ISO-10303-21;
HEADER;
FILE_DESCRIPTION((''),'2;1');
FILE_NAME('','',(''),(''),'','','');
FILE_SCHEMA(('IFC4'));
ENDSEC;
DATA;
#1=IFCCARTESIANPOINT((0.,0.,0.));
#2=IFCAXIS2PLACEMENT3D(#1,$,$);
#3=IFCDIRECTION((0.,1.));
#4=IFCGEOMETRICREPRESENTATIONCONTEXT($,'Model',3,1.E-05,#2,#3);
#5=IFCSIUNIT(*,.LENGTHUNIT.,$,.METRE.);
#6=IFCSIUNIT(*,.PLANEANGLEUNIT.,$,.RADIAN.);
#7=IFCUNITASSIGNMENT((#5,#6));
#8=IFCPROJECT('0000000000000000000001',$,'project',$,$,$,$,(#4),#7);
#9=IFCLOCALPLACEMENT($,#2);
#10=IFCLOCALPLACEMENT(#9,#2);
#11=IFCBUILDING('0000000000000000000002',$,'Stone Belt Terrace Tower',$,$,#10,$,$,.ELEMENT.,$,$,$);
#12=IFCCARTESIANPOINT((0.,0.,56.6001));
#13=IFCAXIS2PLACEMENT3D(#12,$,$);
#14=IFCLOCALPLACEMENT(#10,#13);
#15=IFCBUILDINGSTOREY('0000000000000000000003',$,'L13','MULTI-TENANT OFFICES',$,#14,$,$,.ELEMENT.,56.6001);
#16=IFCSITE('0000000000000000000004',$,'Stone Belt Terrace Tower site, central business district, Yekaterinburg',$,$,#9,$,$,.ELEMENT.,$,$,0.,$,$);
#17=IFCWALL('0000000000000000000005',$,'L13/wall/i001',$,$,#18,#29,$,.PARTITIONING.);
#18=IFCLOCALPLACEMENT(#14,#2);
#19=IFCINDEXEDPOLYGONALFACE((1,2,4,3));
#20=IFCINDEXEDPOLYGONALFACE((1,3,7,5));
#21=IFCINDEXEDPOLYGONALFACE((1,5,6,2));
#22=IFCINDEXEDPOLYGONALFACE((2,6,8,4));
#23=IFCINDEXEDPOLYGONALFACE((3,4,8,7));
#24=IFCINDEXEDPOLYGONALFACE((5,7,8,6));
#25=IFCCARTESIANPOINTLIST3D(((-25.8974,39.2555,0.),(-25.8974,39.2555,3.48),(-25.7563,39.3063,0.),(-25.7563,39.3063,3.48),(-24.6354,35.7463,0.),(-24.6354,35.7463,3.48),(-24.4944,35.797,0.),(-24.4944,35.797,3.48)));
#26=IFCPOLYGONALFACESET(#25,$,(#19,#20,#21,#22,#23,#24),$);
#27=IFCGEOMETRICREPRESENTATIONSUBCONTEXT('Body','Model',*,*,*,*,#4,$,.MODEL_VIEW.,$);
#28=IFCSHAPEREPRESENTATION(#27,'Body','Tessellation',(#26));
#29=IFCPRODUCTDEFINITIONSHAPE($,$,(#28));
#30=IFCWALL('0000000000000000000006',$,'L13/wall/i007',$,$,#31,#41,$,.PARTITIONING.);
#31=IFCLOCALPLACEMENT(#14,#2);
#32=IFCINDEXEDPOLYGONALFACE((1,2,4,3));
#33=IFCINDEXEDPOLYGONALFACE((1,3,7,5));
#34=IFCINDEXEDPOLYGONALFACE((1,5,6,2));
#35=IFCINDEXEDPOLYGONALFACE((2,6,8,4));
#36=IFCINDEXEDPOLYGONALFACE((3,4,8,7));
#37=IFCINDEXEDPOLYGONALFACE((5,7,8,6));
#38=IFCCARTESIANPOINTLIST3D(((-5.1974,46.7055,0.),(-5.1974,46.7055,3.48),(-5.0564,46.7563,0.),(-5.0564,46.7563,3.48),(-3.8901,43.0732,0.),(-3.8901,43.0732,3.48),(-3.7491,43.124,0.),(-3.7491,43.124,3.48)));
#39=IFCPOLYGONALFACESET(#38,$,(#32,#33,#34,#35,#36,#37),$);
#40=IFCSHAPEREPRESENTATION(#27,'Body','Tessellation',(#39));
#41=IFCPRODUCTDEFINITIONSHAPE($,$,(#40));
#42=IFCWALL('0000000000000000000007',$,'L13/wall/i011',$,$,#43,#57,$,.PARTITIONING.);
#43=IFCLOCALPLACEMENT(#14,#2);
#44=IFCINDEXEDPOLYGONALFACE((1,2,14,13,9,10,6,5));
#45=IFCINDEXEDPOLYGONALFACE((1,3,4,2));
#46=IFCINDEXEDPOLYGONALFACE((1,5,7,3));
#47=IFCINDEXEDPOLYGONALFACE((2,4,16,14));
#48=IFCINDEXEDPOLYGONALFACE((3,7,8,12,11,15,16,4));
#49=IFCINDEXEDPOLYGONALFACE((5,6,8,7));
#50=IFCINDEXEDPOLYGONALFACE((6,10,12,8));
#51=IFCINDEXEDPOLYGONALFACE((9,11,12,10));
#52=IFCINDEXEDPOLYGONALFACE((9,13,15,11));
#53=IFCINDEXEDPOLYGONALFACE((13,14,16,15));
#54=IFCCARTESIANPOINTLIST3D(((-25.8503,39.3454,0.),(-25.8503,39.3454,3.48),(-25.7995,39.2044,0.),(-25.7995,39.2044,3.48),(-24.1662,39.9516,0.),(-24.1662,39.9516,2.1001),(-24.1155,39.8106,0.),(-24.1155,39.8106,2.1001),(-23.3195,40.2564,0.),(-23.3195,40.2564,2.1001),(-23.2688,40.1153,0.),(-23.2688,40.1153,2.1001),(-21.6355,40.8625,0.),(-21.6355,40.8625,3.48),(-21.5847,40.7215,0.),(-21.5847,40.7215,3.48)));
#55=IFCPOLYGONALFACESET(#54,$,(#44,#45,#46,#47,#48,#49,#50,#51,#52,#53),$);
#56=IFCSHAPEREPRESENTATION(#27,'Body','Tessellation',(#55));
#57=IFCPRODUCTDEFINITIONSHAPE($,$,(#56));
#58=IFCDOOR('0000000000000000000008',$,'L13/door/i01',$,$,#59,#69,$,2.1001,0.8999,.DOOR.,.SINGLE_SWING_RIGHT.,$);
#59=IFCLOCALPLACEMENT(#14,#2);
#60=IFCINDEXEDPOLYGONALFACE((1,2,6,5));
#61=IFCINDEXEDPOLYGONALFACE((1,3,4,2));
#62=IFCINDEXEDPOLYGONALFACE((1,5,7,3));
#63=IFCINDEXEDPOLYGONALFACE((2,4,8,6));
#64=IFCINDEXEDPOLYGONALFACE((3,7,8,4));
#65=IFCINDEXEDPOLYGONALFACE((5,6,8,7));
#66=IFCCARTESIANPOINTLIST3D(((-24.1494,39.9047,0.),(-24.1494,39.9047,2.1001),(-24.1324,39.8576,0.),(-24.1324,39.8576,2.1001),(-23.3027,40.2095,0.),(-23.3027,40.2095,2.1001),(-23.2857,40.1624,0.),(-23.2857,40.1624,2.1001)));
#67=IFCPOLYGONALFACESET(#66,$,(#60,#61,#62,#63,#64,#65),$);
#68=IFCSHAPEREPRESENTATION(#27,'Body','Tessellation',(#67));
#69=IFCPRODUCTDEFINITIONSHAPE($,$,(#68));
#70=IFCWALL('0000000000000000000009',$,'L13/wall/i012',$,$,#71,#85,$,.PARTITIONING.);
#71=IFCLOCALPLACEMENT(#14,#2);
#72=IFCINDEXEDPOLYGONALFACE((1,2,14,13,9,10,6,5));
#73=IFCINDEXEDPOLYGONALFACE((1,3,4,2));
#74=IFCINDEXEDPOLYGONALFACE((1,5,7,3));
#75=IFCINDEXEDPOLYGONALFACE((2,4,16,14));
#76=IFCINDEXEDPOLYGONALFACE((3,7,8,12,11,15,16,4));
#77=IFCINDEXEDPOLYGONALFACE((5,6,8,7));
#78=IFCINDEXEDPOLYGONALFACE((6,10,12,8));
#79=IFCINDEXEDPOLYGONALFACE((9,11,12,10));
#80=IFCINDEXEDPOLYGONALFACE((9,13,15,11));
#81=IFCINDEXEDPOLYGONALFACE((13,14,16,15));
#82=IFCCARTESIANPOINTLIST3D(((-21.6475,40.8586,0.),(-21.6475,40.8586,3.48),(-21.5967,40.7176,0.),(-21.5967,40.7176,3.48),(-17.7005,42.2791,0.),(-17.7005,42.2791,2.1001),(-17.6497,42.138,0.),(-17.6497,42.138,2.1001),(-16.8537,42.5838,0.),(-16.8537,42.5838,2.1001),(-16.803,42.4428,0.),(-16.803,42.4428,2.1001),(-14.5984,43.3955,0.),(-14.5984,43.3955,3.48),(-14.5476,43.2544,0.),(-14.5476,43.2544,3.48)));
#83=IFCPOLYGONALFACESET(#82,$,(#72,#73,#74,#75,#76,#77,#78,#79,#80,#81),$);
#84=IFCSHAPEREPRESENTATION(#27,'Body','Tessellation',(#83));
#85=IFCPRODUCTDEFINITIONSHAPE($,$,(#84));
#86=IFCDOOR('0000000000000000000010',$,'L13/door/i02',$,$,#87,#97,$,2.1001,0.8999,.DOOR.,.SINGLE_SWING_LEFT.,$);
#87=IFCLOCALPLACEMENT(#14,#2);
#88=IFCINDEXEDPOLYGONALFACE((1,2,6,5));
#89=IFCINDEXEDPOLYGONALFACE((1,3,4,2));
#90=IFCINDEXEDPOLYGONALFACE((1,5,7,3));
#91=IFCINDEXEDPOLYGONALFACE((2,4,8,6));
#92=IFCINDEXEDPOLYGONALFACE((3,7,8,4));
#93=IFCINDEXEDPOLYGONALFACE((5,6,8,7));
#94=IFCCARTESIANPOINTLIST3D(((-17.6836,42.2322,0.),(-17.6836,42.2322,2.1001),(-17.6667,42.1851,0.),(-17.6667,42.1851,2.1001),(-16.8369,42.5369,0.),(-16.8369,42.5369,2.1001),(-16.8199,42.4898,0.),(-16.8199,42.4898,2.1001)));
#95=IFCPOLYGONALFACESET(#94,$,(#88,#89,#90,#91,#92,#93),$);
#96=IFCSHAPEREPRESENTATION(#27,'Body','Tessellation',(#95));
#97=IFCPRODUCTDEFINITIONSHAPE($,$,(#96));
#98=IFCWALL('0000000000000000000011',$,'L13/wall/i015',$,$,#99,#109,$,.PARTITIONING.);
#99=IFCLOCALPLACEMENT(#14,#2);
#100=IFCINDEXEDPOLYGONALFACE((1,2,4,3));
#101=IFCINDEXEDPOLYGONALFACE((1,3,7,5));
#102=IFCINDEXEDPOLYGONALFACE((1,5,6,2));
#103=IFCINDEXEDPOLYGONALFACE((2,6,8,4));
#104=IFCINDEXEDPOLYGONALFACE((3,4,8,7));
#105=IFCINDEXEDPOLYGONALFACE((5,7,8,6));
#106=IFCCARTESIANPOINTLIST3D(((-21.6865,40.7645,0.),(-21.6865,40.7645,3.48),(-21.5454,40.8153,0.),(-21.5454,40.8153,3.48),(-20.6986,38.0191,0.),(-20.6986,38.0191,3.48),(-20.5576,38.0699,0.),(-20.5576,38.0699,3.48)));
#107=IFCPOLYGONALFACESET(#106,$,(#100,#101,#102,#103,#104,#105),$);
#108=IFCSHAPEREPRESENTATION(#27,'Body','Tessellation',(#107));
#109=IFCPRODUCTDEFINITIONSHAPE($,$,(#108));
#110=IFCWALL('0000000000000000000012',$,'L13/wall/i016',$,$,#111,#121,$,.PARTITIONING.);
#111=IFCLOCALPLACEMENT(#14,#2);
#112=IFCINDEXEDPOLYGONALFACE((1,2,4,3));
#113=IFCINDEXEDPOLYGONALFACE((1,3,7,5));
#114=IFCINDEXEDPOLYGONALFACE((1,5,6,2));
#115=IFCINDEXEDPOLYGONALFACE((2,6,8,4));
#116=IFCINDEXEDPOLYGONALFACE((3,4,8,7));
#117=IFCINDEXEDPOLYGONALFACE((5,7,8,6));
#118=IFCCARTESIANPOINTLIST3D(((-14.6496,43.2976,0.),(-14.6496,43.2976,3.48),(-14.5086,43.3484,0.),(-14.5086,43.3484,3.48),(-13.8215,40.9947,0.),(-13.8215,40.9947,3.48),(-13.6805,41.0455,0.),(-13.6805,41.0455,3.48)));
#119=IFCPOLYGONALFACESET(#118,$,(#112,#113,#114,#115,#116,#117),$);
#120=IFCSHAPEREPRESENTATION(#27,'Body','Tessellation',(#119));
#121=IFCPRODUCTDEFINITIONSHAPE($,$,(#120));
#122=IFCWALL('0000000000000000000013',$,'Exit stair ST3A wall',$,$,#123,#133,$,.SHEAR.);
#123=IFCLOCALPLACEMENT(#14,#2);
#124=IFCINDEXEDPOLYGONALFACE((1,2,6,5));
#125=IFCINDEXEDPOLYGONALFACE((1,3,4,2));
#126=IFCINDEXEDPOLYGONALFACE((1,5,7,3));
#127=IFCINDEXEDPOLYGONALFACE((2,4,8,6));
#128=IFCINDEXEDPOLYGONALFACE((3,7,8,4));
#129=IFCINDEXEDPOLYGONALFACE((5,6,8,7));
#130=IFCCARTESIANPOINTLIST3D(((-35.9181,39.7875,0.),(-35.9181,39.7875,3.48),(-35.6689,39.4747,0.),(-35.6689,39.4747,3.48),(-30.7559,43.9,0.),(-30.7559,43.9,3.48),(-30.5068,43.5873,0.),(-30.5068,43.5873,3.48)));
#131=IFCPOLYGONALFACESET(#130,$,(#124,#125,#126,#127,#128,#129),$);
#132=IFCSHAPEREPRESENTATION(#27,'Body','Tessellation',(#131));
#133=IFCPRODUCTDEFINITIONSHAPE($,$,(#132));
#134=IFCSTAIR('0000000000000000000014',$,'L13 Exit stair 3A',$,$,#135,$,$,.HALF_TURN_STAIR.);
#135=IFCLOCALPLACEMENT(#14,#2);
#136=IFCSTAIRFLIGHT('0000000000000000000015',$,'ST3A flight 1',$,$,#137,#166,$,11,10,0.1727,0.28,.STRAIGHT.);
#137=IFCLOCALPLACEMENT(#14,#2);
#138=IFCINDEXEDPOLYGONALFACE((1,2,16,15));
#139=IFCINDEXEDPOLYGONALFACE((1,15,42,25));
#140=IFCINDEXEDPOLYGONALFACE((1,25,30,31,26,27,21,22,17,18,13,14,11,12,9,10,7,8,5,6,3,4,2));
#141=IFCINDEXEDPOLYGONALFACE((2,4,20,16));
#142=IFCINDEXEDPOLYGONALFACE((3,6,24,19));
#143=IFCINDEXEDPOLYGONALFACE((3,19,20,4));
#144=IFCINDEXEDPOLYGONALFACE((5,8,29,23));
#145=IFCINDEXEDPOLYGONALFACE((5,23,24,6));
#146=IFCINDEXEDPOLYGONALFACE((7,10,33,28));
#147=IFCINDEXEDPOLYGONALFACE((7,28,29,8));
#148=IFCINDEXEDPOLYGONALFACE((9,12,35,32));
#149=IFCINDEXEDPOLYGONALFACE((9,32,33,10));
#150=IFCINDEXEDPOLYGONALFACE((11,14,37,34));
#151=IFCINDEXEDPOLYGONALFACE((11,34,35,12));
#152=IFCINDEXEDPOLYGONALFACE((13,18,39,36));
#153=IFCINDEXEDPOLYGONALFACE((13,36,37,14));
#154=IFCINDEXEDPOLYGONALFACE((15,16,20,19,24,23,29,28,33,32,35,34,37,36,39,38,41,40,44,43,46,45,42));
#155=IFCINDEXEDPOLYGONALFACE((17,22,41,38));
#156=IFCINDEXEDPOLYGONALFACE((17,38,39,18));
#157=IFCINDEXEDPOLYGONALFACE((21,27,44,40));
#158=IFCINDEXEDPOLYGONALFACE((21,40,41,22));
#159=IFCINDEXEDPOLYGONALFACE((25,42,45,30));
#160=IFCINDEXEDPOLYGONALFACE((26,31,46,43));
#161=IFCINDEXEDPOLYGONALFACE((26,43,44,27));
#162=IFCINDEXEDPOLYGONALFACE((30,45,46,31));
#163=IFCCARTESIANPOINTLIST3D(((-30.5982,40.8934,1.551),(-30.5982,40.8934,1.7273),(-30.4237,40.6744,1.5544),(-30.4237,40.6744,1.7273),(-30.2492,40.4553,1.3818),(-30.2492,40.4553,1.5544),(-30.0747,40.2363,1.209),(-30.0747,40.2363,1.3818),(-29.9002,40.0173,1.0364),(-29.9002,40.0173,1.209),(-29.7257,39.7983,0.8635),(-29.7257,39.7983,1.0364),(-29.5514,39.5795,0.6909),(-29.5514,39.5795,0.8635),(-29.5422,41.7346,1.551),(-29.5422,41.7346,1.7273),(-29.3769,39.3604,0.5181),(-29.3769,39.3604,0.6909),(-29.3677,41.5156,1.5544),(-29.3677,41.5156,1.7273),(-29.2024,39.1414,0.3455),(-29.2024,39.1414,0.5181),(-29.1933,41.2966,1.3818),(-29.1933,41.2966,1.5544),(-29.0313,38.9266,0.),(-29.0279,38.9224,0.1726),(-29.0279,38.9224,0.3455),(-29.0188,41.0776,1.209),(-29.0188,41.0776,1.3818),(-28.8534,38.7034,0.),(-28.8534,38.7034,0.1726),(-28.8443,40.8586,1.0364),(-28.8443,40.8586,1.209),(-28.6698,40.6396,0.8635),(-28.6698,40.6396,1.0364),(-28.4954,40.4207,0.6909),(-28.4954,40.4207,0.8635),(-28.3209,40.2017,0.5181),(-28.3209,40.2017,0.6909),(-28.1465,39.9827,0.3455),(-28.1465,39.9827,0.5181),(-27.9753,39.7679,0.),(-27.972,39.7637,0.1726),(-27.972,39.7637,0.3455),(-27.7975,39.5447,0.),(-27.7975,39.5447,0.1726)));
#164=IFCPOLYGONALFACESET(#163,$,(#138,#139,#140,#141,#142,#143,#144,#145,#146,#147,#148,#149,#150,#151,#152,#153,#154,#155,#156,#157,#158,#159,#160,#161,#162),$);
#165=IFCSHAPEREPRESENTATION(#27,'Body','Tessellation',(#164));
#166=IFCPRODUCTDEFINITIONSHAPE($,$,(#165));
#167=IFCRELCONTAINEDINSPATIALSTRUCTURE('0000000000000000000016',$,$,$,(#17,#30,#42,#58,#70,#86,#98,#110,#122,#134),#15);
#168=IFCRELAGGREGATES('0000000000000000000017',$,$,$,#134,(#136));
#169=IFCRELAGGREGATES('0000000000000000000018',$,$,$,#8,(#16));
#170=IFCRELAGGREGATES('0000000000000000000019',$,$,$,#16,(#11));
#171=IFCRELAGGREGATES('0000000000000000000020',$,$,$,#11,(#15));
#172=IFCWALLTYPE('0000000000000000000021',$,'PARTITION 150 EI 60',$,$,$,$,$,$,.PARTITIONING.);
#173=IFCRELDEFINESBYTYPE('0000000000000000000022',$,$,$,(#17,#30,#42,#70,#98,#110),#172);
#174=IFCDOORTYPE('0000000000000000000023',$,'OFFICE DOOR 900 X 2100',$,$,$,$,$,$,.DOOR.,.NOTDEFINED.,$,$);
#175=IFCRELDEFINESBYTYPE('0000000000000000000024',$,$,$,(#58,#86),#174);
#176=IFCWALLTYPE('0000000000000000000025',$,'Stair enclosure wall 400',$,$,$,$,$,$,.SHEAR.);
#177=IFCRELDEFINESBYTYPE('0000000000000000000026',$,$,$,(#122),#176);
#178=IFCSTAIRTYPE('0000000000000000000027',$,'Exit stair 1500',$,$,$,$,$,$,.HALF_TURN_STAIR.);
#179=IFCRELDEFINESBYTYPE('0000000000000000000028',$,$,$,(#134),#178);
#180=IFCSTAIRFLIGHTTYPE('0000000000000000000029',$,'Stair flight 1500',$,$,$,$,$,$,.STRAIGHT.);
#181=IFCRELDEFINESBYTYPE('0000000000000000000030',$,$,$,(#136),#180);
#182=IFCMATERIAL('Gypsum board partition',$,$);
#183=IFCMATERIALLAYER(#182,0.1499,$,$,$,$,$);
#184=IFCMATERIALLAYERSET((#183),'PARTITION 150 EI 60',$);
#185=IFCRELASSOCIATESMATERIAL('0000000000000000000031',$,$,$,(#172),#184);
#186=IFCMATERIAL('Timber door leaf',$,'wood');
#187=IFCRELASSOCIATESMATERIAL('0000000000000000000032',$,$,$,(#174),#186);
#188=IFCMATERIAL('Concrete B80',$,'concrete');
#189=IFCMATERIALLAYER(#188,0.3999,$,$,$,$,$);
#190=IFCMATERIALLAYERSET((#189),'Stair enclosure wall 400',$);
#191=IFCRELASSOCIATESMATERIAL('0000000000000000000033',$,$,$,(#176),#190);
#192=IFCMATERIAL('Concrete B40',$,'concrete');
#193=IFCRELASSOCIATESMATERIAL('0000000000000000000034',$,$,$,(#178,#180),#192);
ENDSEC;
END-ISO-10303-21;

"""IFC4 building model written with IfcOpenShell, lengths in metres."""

from ifc_helpers import new_model, si_unit, direction, frame, frame_2d, origin, place, context, subcontext, project, spatial, polyline, rectangle, outline, extrude, material, layer, layer_set, type_object, element, fill, aggregate, save


model = new_model("IFC4")

# Units and contexts
model_context = context("Model", 3, precision=1e-05, world=origin(), true_north=direction((0.0, 1.0)))
body_context = subcontext(model_context, "Body", "Model", "MODEL_VIEW")
ifc_project = project(units=[si_unit("LENGTHUNIT", "METRE"), si_unit("PLANEANGLEUNIT", "RADIAN")], contexts=[model_context])

# Site, building, storey
site_placement = place(None, origin())
site = spatial("IfcSite", under=ifc_project, at=site_placement, Name="Stone Belt Terrace Tower site, central business district, Yekaterinburg", CompositionType="ELEMENT", RefElevation=0.0)
building_placement = place(site_placement, origin())
building = spatial("IfcBuilding", under=site, at=building_placement, Name="Stone Belt Terrace Tower", CompositionType="ELEMENT")
storey_placement = place(building_placement, frame((0.0, 0.0, 56.6001)))
storey = spatial("IfcBuildingStorey", under=building, at=storey_placement, Name="L13", Description="MULTI-TENANT OFFICES", CompositionType="ELEMENT", Elevation=56.6001)

# Shared definitions
ifc_material_1 = material(Name="Concrete B80", Category="concrete")

# Walls
ifc_material_2 = material(Name="Gypsum board partition")
ifc_layer_1 = layer(ifc_material_2, 0.1499)
ifc_layer_set_1 = layer_set([ifc_layer_1], Name="PARTITION 150 EI 60")
wall_type_1 = type_object("IfcWallType", Name="PARTITION 150 EI 60", PredefinedType="PARTITIONING", material=ifc_layer_set_1)
wall_1_placement = place(storey_placement, frame((-25.8269, 39.281, 0.0), z_axis=(0.0, 0.0, 1.0), x_axis=(0.338393, -0.941005, 0.0)))
element("IfcWall", 1, at=wall_1_placement, inside=storey, type_object=wall_type_1, Name="L13/wall/i001", PredefinedType="PARTITIONING", context=body_context, shape_type="SweptSolid", body=[
    extrude(rectangle(XDim=3.7292, YDim=0.1499, at=frame_2d((1.8647, 0.0))), origin(), (0.0, 0.0, 1.0), 3.48),
])
wall_2_placement = place(storey_placement, frame((-3.8196, 43.0986, 0.0), z_axis=(0.0, 0.0, 1.0), x_axis=(-0.338659, 0.940909, 0.0)))
element("IfcWall", 2, at=wall_2_placement, inside=storey, type_object=wall_type_1, Name="L13/wall/i007", PredefinedType="PARTITIONING", context=body_context, shape_type="SweptSolid", body=[
    extrude(rectangle(XDim=3.8604, YDim=0.1499, at=frame_2d((1.9302, 0.0))), origin(), (0.0, 0.0, 1.0), 3.48),
])

# Walls, openings, doors
wall_3_placement = place(storey_placement, frame((-21.6101, 40.792, 0.0), z_axis=(0.0, 0.0, 1.0), x_axis=(-0.940905, -0.338669, 0.0)))
wall_3 = element("IfcWall", 3, at=wall_3_placement, inside=storey, type_object=wall_type_1, Name="L13/wall/i011", PredefinedType="PARTITIONING", context=body_context, shape_type="SweptSolid", body=[
    extrude(rectangle(XDim=4.4795, YDim=0.1499, at=frame_2d((2.2397, 0.0))), origin(), (0.0, 0.0, 1.0), 3.48),
])
opening_1_placement = place(wall_3_placement, frame((1.7898, 0.0, 0.0)))
opening_1 = element("IfcOpeningElement", 4, at=opening_1_placement, cuts=wall_3, PredefinedType="OPENING", context=body_context, shape_type="SweptSolid", body=[
    extrude(rectangle(XDim=0.8999, YDim=2.1001, at=frame_2d((0.45, 1.05))), frame((0.0, 0.085, 0.0), z_axis=(0.0, -1.0, 0.0), x_axis=(1.0, 0.0, 0.0)), (0.0, 0.0, 1.0), 0.1699),
])
ifc_material_3 = material(Name="Timber door leaf", Category="wood")
door_type_1 = type_object("IfcDoorType", Name="OFFICE DOOR 900 X 2100", OperationType="NOTDEFINED", PredefinedType="DOOR", material=ifc_material_3)
door_1_placement = place(opening_1_placement, origin())
door_1 = element("IfcDoor", 5, at=door_1_placement, inside=storey, type_object=door_type_1, Name="L13/door/i01", OperationType="SINGLE_SWING_RIGHT", OverallHeight=2.1001, OverallWidth=0.8999, PredefinedType="DOOR", context=body_context, shape_type="SweptSolid", body=[
    extrude(rectangle(XDim=0.8999, YDim=2.1001, at=frame_2d((0.45, 1.05))), frame((0.0, 0.0249, 0.0), z_axis=(0.0, -1.0, 0.0), x_axis=(1.0, 0.0, 0.0)), (0.0, 0.0, 1.0), 0.05),
])
fill(opening_1, door_1)
wall_4_placement = place(storey_placement, frame((-14.573, 43.325, 0.0), z_axis=(0.0, 0.0, 1.0), x_axis=(-0.940921, -0.338625, 0.0)))
wall_4 = element("IfcWall", 6, at=wall_4_placement, inside=storey, type_object=wall_type_1, Name="L13/wall/i012", PredefinedType="PARTITIONING", context=body_context, shape_type="SweptSolid", body=[
    extrude(rectangle(XDim=7.4917, YDim=0.1499, at=frame_2d((3.7458, 0.0))), origin(), (0.0, 0.0, 1.0), 3.48),
])
opening_2_placement = place(wall_4_placement, frame((2.397, 0.0, 0.0)))
opening_2 = element("IfcOpeningElement", 7, at=opening_2_placement, cuts=wall_4, PredefinedType="OPENING", context=body_context, shape_type="SweptSolid", body=[
    extrude(rectangle(XDim=0.8999, YDim=2.1001, at=frame_2d((0.45, 1.05))), frame((0.0, 0.085, 0.0), z_axis=(0.0, -1.0, 0.0), x_axis=(1.0, 0.0, 0.0)), (0.0, 0.0, 1.0), 0.1699),
])
door_2_placement = place(opening_2_placement, origin())
door_2 = element("IfcDoor", 8, at=door_2_placement, inside=storey, type_object=door_type_1, Name="L13/door/i02", OperationType="SINGLE_SWING_LEFT", OverallHeight=2.1001, OverallWidth=0.8999, PredefinedType="DOOR", context=body_context, shape_type="SweptSolid", body=[
    extrude(rectangle(XDim=0.8999, YDim=2.1001, at=frame_2d((0.45, 1.05))), frame((0.0, 0.0249, 0.0), z_axis=(0.0, -1.0, 0.0), x_axis=(1.0, 0.0, 0.0)), (0.0, 0.0, 1.0), 0.05),
])
fill(opening_2, door_2)

# Walls
wall_5_placement = place(storey_placement, frame((-21.616, 40.79, 0.0), z_axis=(0.0, 0.0, 1.0), x_axis=(0.338556, -0.940946, 0.0)))
element("IfcWall", 9, at=wall_5_placement, inside=storey, type_object=wall_type_1, Name="L13/wall/i015", PredefinedType="PARTITIONING", context=body_context, shape_type="SweptSolid", body=[
    extrude(rectangle(XDim=2.9177, YDim=0.1499, at=frame_2d((1.459, 0.0))), origin(), (0.0, 0.0, 1.0), 3.48),
])
wall_6_placement = place(storey_placement, frame((-14.5791, 43.323, 0.0), z_axis=(0.0, 0.0, 1.0), x_axis=(0.338377, -0.941011, 0.0)))
element("IfcWall", 10, at=wall_6_placement, inside=storey, type_object=wall_type_1, Name="L13/wall/i016", PredefinedType="PARTITIONING", context=body_context, shape_type="SweptSolid", body=[
    extrude(rectangle(XDim=2.4473, YDim=0.1499, at=frame_2d((1.2236, 0.0))), origin(), (0.0, 0.0, 1.0), 3.48),
])
ifc_layer_2 = layer(ifc_material_1, 0.3999)
ifc_layer_set_2 = layer_set([ifc_layer_2], Name="Stair enclosure wall 400")
wall_type_2 = type_object("IfcWallType", Name="Stair enclosure wall 400", PredefinedType="SHEAR", material=ifc_layer_set_2)
wall_7_placement = place(storey_placement, frame((-30.6313, 43.7437, 0.0), z_axis=(0.0, 0.0, 1.0), x_axis=(-0.782134, -0.62311, 0.0)))
element("IfcWall", 11, at=wall_7_placement, inside=storey, type_object=wall_type_2, Name="Exit stair ST3A wall", PredefinedType="SHEAR", context=body_context, shape_type="SweptSolid", body=[
    extrude(rectangle(XDim=6.6001, YDim=0.3999, at=frame_2d((3.3, 0.0))), origin(), (0.0, 0.0, 1.0), 3.48),
])

# Stair, stair flight
ifc_material_4 = material(Name="Concrete B40", Category="concrete")
stair_type = type_object("IfcStairType", Name="Exit stair 1500", PredefinedType="HALF_TURN_STAIR", material=ifc_material_4)
stair_placement = place(storey_placement, origin())
stair = element("IfcStair", 12, at=stair_placement, inside=storey, type_object=stair_type, Name="L13 Exit stair 3A", PredefinedType="HALF_TURN_STAIR")
stair_flight_type = type_object("IfcStairFlightType", Name="Stair flight 1500", PredefinedType="STRAIGHT", material=ifc_material_4)
stair_flight_1_placement = place(storey_placement, frame((-28.3254, 39.124, 0.0), z_axis=(0.0, 0.0, 1.0), x_axis=(-0.623121, 0.782125, 0.0)))
stair_flight_1 = element("IfcStairFlight", 13, at=stair_flight_1_placement, type_object=stair_flight_type, Name="ST3A flight 1", NumberOfRisers=11, NumberOfTreads=10, PredefinedType="STRAIGHT", RiserHeight=0.1727, TreadLength=0.28, context=body_context, shape_type="SweptSolid", body=[
    extrude(outline(polyline([(0.0, 0.0), (0.0, 0.1726), (0.28, 0.1726), (0.28, 0.3455), (0.5601, 0.3455), (0.5601, 0.5181), (0.8401, 0.5181), (0.8401, 0.6909), (1.1201, 0.6909), (1.1201, 0.8635), (1.3999, 0.8635), (1.3999, 1.0364), (1.6799, 1.0364), (1.6799, 1.209), (1.96, 1.209), (1.96, 1.3818), (2.24, 1.3818), (2.24, 1.5544), (2.52, 1.5544), (2.52, 1.7273), (2.8, 1.7273), (2.8, 1.8999), (2.8, 1.551), (0.2854, 0.0), (0.0, 0.0)])), frame((0.0, 0.675, 0.0), z_axis=(0.0, -1.0, 0.0), x_axis=(1.0, 0.0, 0.0)), (0.0, 0.0, 1.0), 1.3501),
])
aggregate(stair, [stair_flight_1])

save(model, "model.ifc")
